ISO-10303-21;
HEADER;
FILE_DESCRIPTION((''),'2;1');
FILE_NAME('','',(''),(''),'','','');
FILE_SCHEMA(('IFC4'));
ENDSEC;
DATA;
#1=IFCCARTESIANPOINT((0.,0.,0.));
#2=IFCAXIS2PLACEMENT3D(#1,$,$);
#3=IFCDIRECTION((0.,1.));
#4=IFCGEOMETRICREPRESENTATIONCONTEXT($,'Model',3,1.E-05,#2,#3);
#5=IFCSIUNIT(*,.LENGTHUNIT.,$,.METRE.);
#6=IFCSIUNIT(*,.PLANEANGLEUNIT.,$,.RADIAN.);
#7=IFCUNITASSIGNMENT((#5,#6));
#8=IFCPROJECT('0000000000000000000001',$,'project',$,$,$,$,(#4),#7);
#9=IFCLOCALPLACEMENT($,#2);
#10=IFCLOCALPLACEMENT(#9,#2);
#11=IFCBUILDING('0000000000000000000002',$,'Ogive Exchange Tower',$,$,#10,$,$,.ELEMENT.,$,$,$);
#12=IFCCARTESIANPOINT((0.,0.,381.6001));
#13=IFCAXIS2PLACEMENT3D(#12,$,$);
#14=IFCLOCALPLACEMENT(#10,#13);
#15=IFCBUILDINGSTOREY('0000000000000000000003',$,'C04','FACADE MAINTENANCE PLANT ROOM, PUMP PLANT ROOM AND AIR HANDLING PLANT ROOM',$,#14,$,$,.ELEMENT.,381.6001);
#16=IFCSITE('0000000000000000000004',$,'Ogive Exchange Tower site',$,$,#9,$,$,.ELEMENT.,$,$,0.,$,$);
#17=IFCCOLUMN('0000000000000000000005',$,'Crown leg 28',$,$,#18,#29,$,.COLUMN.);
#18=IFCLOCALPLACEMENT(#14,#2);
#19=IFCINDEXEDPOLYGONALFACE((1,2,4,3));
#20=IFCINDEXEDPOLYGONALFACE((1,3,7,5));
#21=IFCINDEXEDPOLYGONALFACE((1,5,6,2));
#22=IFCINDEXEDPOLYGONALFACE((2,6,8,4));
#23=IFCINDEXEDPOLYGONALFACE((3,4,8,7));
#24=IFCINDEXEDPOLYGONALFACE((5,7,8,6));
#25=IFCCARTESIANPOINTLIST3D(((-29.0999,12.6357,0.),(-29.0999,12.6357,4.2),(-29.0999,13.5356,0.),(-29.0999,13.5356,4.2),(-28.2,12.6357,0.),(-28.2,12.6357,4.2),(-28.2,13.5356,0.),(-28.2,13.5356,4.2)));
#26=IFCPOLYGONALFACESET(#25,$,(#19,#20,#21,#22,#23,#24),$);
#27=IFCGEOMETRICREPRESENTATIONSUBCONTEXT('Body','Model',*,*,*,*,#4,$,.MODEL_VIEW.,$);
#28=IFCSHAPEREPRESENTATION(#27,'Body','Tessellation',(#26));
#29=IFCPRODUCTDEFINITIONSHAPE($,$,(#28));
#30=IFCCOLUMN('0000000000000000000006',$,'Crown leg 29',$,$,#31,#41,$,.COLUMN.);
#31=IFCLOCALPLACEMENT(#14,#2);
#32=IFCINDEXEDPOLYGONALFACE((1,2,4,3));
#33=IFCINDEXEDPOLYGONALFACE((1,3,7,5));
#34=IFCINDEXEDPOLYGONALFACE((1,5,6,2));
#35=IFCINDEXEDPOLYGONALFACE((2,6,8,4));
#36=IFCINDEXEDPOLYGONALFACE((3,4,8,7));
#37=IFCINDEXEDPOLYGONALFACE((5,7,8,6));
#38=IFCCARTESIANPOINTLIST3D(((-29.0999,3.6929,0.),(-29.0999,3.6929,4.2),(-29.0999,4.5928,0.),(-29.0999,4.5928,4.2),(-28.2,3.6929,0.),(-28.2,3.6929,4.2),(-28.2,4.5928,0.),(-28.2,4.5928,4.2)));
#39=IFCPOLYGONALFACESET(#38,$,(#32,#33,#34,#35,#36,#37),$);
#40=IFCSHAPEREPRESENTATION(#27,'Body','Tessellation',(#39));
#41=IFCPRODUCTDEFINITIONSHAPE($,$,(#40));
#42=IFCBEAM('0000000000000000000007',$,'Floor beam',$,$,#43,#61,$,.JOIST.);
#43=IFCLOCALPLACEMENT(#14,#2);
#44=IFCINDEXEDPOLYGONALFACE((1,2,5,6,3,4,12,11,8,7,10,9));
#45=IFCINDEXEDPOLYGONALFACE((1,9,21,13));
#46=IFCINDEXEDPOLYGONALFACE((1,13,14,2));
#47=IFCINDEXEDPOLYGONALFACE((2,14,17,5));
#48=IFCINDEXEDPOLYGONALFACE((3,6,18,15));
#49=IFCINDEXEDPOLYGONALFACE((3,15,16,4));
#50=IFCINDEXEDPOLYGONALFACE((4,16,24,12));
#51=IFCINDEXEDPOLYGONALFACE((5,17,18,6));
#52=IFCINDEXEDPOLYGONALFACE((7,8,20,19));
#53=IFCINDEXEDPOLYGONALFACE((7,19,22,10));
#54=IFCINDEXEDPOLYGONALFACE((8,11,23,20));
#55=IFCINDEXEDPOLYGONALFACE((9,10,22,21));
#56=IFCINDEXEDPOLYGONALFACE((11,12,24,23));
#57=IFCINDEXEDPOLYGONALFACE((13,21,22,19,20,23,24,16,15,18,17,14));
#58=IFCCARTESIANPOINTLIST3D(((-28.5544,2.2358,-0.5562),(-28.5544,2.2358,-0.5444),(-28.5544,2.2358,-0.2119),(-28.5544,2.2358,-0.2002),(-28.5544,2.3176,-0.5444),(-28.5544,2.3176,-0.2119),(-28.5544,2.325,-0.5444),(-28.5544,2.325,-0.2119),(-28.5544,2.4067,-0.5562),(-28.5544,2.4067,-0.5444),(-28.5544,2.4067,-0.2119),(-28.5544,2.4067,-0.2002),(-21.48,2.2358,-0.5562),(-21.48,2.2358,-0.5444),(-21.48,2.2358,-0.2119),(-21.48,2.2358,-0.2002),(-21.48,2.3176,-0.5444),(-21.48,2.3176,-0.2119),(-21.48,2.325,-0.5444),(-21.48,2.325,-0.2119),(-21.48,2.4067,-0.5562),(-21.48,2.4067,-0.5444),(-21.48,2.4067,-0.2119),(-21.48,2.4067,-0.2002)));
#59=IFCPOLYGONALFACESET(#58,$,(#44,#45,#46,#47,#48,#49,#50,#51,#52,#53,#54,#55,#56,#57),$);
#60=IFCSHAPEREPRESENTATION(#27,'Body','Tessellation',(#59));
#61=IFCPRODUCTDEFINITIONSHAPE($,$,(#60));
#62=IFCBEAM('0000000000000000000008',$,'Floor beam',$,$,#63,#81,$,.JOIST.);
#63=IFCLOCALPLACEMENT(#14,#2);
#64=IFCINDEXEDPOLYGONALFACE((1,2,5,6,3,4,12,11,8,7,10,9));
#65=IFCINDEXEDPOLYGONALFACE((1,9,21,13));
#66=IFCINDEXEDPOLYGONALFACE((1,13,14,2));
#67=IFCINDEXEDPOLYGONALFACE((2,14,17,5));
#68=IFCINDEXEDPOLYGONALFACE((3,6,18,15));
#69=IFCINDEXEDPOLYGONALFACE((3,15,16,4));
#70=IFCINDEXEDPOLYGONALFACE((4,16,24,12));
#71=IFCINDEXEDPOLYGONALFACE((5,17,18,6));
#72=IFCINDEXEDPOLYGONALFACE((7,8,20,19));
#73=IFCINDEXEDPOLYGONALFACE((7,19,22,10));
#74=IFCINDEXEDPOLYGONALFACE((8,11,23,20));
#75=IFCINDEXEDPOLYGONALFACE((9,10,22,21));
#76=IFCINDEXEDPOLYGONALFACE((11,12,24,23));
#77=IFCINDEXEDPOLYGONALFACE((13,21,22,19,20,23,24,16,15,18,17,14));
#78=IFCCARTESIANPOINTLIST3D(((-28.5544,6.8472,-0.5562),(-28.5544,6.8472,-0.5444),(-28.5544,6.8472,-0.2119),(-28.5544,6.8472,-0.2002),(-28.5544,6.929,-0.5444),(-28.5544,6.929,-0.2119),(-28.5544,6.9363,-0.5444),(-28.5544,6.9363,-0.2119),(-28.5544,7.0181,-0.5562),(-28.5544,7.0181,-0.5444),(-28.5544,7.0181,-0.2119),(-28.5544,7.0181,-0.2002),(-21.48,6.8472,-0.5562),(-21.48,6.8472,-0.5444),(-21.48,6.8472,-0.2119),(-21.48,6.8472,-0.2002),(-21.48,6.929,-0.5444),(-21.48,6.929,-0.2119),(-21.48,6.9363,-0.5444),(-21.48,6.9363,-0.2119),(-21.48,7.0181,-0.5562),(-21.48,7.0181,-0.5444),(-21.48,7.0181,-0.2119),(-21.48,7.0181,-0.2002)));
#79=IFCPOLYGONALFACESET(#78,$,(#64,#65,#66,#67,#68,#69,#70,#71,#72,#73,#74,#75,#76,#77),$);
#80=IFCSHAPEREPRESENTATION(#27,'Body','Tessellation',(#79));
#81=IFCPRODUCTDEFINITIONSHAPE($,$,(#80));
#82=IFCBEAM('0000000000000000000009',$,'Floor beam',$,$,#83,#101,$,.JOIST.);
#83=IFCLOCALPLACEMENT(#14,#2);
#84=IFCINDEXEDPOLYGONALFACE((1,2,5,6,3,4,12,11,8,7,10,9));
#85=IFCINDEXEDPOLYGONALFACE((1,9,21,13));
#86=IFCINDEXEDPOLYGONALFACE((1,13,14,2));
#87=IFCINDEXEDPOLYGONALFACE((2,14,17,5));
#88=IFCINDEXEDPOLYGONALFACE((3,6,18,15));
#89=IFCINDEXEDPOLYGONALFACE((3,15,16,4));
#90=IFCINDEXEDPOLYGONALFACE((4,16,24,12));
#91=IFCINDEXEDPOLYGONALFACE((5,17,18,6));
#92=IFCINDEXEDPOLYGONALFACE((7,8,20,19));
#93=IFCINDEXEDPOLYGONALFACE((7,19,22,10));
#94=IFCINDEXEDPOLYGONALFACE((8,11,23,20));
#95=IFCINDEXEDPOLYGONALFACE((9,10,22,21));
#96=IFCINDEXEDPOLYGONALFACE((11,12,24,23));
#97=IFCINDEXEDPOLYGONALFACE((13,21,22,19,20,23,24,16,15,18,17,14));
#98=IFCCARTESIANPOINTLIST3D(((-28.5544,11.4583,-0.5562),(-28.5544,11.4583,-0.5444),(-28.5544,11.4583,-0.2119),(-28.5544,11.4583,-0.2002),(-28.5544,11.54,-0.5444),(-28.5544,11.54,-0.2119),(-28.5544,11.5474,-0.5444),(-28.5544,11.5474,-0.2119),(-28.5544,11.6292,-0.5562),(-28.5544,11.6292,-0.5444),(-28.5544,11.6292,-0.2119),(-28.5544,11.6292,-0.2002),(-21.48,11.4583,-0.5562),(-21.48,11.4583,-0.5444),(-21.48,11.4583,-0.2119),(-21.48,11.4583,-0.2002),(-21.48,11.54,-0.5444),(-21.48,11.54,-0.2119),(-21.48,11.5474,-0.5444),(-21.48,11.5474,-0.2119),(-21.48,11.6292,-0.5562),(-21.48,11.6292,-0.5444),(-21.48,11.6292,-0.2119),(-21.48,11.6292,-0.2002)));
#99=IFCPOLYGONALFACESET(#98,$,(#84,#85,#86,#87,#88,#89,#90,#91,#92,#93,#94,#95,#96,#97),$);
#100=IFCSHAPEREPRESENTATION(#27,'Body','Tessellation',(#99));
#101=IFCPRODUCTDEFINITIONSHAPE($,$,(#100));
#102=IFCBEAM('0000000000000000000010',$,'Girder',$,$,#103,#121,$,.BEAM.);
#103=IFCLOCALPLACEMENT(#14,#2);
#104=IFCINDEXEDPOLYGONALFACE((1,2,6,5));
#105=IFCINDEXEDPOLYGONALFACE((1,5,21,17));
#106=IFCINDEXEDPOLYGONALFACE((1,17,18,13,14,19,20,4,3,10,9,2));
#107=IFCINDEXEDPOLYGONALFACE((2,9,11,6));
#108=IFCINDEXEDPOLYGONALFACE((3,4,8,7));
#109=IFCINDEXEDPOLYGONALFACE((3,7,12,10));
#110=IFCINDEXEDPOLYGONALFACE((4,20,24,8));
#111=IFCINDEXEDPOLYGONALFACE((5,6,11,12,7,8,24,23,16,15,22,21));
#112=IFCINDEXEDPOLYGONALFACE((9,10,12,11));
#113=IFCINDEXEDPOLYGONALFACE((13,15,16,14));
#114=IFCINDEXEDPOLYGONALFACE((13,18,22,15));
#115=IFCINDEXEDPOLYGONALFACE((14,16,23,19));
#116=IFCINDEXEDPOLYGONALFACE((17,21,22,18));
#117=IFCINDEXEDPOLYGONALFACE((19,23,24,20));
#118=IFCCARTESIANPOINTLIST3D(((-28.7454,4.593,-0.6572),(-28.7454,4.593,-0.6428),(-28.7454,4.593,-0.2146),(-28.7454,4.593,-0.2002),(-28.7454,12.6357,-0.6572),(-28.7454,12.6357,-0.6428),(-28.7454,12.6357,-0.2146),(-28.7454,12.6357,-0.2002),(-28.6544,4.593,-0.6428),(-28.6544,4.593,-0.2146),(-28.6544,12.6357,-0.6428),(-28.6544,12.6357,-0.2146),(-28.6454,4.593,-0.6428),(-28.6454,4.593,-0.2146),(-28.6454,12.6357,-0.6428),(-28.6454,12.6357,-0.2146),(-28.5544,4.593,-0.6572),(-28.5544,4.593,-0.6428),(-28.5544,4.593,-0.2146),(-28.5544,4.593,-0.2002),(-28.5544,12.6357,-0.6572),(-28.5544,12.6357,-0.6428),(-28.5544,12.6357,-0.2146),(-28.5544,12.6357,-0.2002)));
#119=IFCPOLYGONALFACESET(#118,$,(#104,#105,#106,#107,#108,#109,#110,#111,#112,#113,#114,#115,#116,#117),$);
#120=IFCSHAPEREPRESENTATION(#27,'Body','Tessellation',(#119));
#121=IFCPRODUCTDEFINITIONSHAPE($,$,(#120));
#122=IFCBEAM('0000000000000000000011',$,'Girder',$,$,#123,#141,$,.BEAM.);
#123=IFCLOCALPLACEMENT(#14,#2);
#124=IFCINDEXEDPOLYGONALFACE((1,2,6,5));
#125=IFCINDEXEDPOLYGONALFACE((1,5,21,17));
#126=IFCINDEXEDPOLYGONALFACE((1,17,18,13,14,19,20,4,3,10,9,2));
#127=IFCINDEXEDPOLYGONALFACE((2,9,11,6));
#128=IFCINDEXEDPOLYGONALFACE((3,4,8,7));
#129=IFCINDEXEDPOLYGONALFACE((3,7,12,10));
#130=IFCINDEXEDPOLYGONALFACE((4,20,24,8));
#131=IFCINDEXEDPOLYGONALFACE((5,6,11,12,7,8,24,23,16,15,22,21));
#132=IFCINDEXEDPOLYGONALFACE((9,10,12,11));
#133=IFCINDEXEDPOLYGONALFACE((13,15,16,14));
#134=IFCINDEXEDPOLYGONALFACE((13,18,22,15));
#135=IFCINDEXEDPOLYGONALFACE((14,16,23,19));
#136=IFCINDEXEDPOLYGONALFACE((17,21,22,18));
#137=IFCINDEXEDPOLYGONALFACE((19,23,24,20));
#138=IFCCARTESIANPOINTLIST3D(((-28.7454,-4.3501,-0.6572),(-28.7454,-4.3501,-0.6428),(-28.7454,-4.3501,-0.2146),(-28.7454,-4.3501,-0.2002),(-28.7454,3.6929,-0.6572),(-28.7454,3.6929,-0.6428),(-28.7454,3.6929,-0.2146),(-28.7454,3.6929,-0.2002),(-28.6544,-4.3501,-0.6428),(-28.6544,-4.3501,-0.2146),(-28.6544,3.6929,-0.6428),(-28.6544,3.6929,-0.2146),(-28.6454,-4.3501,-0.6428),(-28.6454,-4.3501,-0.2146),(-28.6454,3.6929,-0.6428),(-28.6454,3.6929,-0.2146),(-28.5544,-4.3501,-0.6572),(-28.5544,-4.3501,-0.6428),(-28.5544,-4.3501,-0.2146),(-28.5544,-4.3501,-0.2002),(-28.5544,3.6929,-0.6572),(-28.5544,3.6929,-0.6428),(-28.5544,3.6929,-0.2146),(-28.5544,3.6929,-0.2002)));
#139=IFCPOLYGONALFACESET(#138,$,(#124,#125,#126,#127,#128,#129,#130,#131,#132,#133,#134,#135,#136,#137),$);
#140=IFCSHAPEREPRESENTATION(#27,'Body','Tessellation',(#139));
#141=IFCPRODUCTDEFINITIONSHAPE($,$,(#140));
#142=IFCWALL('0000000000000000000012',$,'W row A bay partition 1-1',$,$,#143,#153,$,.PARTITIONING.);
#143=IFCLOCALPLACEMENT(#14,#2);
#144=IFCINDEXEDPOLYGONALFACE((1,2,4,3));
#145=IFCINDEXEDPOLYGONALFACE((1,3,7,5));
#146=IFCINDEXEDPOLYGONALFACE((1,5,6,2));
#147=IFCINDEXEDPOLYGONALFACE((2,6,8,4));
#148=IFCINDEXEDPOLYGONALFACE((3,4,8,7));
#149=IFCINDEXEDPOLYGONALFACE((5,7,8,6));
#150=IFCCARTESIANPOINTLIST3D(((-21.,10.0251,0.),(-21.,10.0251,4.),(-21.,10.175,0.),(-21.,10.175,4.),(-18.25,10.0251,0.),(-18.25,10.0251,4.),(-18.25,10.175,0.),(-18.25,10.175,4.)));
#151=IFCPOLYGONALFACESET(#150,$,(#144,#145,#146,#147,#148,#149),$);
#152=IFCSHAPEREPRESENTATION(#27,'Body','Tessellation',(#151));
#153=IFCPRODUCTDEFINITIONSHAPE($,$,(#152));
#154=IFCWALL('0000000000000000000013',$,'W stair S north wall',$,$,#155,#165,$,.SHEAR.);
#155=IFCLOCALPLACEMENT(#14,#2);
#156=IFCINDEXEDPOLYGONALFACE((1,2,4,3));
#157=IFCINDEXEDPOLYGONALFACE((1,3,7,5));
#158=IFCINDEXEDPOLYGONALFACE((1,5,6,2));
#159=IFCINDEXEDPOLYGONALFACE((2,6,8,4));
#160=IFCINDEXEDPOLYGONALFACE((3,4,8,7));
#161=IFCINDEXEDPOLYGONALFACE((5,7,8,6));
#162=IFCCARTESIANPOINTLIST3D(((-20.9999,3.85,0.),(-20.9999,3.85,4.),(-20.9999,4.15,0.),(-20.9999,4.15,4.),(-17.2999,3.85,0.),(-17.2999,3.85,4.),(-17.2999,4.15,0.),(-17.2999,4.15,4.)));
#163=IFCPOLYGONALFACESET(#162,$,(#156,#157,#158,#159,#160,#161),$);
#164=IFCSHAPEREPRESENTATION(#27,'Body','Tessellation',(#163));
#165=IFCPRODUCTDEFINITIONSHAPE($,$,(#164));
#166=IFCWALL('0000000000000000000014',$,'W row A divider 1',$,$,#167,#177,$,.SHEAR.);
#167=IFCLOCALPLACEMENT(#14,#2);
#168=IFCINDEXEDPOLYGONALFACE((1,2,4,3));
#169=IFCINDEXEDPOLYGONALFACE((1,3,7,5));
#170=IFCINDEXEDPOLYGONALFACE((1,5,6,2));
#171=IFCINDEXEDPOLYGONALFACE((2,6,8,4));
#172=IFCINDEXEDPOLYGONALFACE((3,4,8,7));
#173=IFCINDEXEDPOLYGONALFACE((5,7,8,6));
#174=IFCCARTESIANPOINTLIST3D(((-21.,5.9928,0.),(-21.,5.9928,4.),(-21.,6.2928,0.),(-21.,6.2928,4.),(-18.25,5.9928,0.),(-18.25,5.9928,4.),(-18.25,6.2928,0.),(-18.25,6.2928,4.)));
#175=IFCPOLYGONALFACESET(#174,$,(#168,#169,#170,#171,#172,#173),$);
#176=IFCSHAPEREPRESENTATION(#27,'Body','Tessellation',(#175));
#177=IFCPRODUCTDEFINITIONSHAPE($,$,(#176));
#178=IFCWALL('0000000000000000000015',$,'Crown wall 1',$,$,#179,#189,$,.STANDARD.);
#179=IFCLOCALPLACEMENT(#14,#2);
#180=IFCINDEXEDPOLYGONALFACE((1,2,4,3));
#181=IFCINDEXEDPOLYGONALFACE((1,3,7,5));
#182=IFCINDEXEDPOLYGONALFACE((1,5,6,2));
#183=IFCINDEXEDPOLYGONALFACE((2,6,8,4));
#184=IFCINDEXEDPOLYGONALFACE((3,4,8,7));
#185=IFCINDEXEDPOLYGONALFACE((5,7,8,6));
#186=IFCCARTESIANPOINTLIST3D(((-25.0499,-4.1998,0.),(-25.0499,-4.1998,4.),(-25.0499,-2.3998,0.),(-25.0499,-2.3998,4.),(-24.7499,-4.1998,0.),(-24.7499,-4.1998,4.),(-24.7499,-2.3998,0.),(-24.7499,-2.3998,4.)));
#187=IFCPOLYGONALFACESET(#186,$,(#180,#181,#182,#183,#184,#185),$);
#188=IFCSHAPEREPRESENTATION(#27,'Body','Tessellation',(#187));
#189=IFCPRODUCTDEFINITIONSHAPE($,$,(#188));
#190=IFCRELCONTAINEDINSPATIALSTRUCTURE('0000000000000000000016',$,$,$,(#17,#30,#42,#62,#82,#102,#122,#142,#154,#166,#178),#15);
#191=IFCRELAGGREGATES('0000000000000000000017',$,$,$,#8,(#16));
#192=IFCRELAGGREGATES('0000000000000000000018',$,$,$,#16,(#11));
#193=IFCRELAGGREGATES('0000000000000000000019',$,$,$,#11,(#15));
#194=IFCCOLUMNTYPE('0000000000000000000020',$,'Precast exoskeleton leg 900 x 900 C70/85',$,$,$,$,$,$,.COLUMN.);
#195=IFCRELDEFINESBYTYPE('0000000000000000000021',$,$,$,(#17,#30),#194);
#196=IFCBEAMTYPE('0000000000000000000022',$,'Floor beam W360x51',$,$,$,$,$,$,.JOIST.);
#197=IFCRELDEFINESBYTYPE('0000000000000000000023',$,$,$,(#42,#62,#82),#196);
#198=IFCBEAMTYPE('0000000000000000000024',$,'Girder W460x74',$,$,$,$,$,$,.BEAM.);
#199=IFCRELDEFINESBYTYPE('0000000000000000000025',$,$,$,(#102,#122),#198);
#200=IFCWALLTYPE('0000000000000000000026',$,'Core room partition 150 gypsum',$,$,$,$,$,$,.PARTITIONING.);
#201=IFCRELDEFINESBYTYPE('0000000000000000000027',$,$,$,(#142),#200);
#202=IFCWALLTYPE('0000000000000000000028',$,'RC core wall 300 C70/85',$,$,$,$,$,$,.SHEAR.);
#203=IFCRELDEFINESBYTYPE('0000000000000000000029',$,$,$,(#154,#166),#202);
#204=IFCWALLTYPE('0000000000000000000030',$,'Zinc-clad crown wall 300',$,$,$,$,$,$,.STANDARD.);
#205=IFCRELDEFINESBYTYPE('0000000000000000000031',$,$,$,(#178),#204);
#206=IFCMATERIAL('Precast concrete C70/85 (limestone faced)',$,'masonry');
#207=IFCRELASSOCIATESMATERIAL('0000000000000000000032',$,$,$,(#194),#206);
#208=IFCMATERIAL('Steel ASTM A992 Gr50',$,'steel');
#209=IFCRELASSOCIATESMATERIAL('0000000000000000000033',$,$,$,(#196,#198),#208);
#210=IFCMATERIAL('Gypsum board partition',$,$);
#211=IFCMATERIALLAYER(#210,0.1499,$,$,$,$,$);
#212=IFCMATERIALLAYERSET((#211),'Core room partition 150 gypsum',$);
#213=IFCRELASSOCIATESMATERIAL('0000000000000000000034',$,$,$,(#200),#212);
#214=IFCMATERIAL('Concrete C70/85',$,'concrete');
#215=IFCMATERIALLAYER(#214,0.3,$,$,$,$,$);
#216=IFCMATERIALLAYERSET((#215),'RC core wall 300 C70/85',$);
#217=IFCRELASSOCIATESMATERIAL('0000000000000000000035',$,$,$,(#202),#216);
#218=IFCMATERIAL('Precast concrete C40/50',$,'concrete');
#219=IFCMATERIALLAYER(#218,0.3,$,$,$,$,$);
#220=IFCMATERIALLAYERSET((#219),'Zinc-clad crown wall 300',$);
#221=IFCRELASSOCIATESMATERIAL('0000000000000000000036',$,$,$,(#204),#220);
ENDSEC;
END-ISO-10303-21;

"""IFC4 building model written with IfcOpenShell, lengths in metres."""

from ifc_helpers import new_model, si_unit, direction, frame, frame_2d, origin, origin_2d, place, context, subcontext, project, spatial, rectangle, i_section, extrude, material, layer, layer_set, material_profile, profile_set, type_object, element, save


model = new_model("IFC4")

# Units and contexts
model_context = context("Model", 3, precision=1e-05, world=origin(), true_north=direction((0.0, 1.0)))
body_context = subcontext(model_context, "Body", "Model", "MODEL_VIEW")
ifc_project = project(units=[si_unit("LENGTHUNIT", "METRE"), si_unit("PLANEANGLEUNIT", "RADIAN")], contexts=[model_context])

# Site, building, storey
site_placement = place(None, origin())
site = spatial("IfcSite", under=ifc_project, at=site_placement, Name="Ogive Exchange Tower site", CompositionType="ELEMENT", RefElevation=0.0)
building_placement = place(site_placement, origin())
building = spatial("IfcBuilding", under=site, at=building_placement, Name="Ogive Exchange Tower", CompositionType="ELEMENT")
storey_placement = place(building_placement, frame((0.0, 0.0, 381.6001)))
storey = spatial("IfcBuildingStorey", under=building, at=storey_placement, Name="C04", Description="FACADE MAINTENANCE PLANT ROOM, PUMP PLANT ROOM AND AIR HANDLING PLANT ROOM", CompositionType="ELEMENT", Elevation=381.6001)

# Columns
ifc_material_1 = material(Name="Precast concrete C70/85 (limestone faced)", Category="masonry")
ifc_material_profile_1 = material_profile(ifc_material_1, rectangle(XDim=0.8999, YDim=0.8999, at=origin_2d()), Name="900 x 900")
ifc_profile_set_1 = profile_set([ifc_material_profile_1], Name="Precast concrete C70/85 (limestone faced)")
column_type = type_object("IfcColumnType", Name="Precast exoskeleton leg 900 x 900 C70/85", PredefinedType="COLUMN", material=ifc_profile_set_1)
for number, where, z_axis, x_axis, name in (
    (1, (-28.6499, 13.0857, 0.0), (0.0, 0.0, 1.0), (1.0, 0.0, 0.0), "Crown leg 28"),
    (2, (-28.6499, 4.1428, 0.0), (0.0, 0.0, 1.0), (1.0, 0.0, 0.0), "Crown leg 29"),
):
    element("IfcColumn", number, at=place(storey_placement, frame(where, z_axis=z_axis, x_axis=x_axis)), inside=storey, type_object=column_type, Name=name, PredefinedType="COLUMN", context=body_context, shape_type="SweptSolid", body=[
        extrude(rectangle(XDim=0.8999, YDim=0.8999, at=origin_2d()), origin(), (0.0, 0.0, 1.0), 4.2),
    ])

# Beams
ifc_material_2 = material(Name="Steel ASTM A992 Gr50", Category="steel")
ifc_material_profile_2 = material_profile(ifc_material_2, i_section(OverallWidth=0.1709, OverallDepth=0.356, WebThickness=0.0073, FlangeThickness=0.0117, at=origin_2d()), Name="W360x51")
ifc_profile_set_2 = profile_set([ifc_material_profile_2], Name="Steel ASTM A992 Gr50")
beam_type_1 = type_object("IfcBeamType", Name="Floor beam W360x51", PredefinedType="JOIST", material=ifc_profile_set_2)
for number, where, z_axis, x_axis, name in (
    (3, (-28.5544, 2.3213, -0.3782), (1.0, 0.0, 0.0), (0.0, 1.0, 0.0), "Floor beam"),
    (4, (-28.5544, 6.9326, -0.3782), (1.0, 0.0, 0.0), (0.0, 1.0, 0.0), "Floor beam"),
    (5, (-28.5544, 11.5437, -0.3782), (1.0, 0.0, 0.0), (0.0, 1.0, 0.0), "Floor beam"),
):
    element("IfcBeam", number, at=place(storey_placement, frame(where, z_axis=z_axis, x_axis=x_axis)), inside=storey, type_object=beam_type_1, Name=name, PredefinedType="JOIST", context=body_context, shape_type="SweptSolid", body=[
        extrude(i_section(OverallWidth=0.1709, OverallDepth=0.356, WebThickness=0.0073, FlangeThickness=0.0117, at=origin_2d()), origin(), (0.0, 0.0, 1.0), 7.0745),
    ])
ifc_material_profile_3 = material_profile(ifc_material_2, i_section(OverallWidth=0.1909, OverallDepth=0.457, WebThickness=0.009, FlangeThickness=0.0144, at=origin_2d()), Name="W460x74")
ifc_profile_set_3 = profile_set([ifc_material_profile_3], Name="Steel ASTM A992 Gr50")
beam_type_2 = type_object("IfcBeamType", Name="Girder W460x74", PredefinedType="BEAM", material=ifc_profile_set_3)
beam_1_placement = place(storey_placement, frame((-28.6499, 12.6357, -0.4287), z_axis=(0.0, -1.0, 0.0), x_axis=(1.0, 0.0, 0.0)))
element("IfcBeam", 6, at=beam_1_placement, inside=storey, type_object=beam_type_2, Name="Girder", PredefinedType="BEAM", context=body_context, shape_type="SweptSolid", body=[
    extrude(i_section(OverallWidth=0.1909, OverallDepth=0.457, WebThickness=0.009, FlangeThickness=0.0144, at=origin_2d()), origin(), (0.0, 0.0, 1.0), 8.0427),
])
beam_2_placement = place(storey_placement, frame((-28.6499, 3.6929, -0.4287), z_axis=(0.0, -1.0, 0.0), x_axis=(1.0, 0.0, 0.0)))
element("IfcBeam", 7, at=beam_2_placement, inside=storey, type_object=beam_type_2, Name="Girder", PredefinedType="BEAM", context=body_context, shape_type="SweptSolid", body=[
    extrude(i_section(OverallWidth=0.1909, OverallDepth=0.457, WebThickness=0.009, FlangeThickness=0.0144, at=origin_2d()), origin(), (0.0, 0.0, 1.0), 8.043),
])

# Walls
ifc_material_3 = material(Name="Gypsum board partition")
ifc_layer_1 = layer(ifc_material_3, 0.1499)
ifc_layer_set_1 = layer_set([ifc_layer_1], Name="Core room partition 150 gypsum")
wall_type_1 = type_object("IfcWallType", Name="Core room partition 150 gypsum", PredefinedType="PARTITIONING", material=ifc_layer_set_1)
wall_1_placement = place(storey_placement, frame((-21.0, 10.1001, 0.0), z_axis=(0.0, 0.0, 1.0), x_axis=(1.0, 0.0, 0.0)))
element("IfcWall", 8, at=wall_1_placement, inside=storey, type_object=wall_type_1, Name="W row A bay partition 1-1", PredefinedType="PARTITIONING", context=body_context, shape_type="SweptSolid", body=[
    extrude(rectangle(XDim=2.75, YDim=0.1499, at=frame_2d((1.375, 0.0))), origin(), (0.0, 0.0, 1.0), 4.0),
])
ifc_material_4 = material(Name="Concrete C70/85", Category="concrete")
ifc_layer_2 = layer(ifc_material_4, 0.3)
ifc_layer_set_2 = layer_set([ifc_layer_2], Name="RC core wall 300 C70/85")
wall_type_2 = type_object("IfcWallType", Name="RC core wall 300 C70/85", PredefinedType="SHEAR", material=ifc_layer_set_2)
wall_2_placement = place(storey_placement, frame((-21.0, 4.0, 0.0), z_axis=(0.0, 0.0, 1.0), x_axis=(1.0, 0.0, 0.0)))
element("IfcWall", 9, at=wall_2_placement, inside=storey, type_object=wall_type_2, Name="W stair S north wall", PredefinedType="SHEAR", context=body_context, shape_type="SweptSolid", body=[
    extrude(rectangle(XDim=3.7, YDim=0.3, at=frame_2d((1.8501, 0.0))), origin(), (0.0, 0.0, 1.0), 4.0),
])
wall_3_placement = place(storey_placement, frame((-21.0, 6.1428, 0.0), z_axis=(0.0, 0.0, 1.0), x_axis=(1.0, 0.0, 0.0)))
element("IfcWall", 10, at=wall_3_placement, inside=storey, type_object=wall_type_2, Name="W row A divider 1", PredefinedType="SHEAR", context=body_context, shape_type="SweptSolid", body=[
    extrude(rectangle(XDim=2.75, YDim=0.3, at=frame_2d((1.375, 0.0))), origin(), (0.0, 0.0, 1.0), 4.0),
])
ifc_material_5 = material(Name="Precast concrete C40/50", Category="concrete")
ifc_layer_3 = layer(ifc_material_5, 0.3)
ifc_layer_set_3 = layer_set([ifc_layer_3], Name="Zinc-clad crown wall 300")
wall_type_3 = type_object("IfcWallType", Name="Zinc-clad crown wall 300", PredefinedType="STANDARD", material=ifc_layer_set_3)
wall_4_placement = place(storey_placement, frame((-24.8999, -2.3999, 0.0), z_axis=(0.0, 0.0, 1.0), x_axis=(0.0, -1.0, 0.0)))
element("IfcWall", 11, at=wall_4_placement, inside=storey, type_object=wall_type_3, Name="Crown wall 1", PredefinedType="STANDARD", context=body_context, shape_type="SweptSolid", body=[
    extrude(rectangle(XDim=1.8, YDim=0.3, at=frame_2d((0.8999, 0.0))), origin(), (0.0, 0.0, 1.0), 4.0),
])

save(model, "model.ifc")
